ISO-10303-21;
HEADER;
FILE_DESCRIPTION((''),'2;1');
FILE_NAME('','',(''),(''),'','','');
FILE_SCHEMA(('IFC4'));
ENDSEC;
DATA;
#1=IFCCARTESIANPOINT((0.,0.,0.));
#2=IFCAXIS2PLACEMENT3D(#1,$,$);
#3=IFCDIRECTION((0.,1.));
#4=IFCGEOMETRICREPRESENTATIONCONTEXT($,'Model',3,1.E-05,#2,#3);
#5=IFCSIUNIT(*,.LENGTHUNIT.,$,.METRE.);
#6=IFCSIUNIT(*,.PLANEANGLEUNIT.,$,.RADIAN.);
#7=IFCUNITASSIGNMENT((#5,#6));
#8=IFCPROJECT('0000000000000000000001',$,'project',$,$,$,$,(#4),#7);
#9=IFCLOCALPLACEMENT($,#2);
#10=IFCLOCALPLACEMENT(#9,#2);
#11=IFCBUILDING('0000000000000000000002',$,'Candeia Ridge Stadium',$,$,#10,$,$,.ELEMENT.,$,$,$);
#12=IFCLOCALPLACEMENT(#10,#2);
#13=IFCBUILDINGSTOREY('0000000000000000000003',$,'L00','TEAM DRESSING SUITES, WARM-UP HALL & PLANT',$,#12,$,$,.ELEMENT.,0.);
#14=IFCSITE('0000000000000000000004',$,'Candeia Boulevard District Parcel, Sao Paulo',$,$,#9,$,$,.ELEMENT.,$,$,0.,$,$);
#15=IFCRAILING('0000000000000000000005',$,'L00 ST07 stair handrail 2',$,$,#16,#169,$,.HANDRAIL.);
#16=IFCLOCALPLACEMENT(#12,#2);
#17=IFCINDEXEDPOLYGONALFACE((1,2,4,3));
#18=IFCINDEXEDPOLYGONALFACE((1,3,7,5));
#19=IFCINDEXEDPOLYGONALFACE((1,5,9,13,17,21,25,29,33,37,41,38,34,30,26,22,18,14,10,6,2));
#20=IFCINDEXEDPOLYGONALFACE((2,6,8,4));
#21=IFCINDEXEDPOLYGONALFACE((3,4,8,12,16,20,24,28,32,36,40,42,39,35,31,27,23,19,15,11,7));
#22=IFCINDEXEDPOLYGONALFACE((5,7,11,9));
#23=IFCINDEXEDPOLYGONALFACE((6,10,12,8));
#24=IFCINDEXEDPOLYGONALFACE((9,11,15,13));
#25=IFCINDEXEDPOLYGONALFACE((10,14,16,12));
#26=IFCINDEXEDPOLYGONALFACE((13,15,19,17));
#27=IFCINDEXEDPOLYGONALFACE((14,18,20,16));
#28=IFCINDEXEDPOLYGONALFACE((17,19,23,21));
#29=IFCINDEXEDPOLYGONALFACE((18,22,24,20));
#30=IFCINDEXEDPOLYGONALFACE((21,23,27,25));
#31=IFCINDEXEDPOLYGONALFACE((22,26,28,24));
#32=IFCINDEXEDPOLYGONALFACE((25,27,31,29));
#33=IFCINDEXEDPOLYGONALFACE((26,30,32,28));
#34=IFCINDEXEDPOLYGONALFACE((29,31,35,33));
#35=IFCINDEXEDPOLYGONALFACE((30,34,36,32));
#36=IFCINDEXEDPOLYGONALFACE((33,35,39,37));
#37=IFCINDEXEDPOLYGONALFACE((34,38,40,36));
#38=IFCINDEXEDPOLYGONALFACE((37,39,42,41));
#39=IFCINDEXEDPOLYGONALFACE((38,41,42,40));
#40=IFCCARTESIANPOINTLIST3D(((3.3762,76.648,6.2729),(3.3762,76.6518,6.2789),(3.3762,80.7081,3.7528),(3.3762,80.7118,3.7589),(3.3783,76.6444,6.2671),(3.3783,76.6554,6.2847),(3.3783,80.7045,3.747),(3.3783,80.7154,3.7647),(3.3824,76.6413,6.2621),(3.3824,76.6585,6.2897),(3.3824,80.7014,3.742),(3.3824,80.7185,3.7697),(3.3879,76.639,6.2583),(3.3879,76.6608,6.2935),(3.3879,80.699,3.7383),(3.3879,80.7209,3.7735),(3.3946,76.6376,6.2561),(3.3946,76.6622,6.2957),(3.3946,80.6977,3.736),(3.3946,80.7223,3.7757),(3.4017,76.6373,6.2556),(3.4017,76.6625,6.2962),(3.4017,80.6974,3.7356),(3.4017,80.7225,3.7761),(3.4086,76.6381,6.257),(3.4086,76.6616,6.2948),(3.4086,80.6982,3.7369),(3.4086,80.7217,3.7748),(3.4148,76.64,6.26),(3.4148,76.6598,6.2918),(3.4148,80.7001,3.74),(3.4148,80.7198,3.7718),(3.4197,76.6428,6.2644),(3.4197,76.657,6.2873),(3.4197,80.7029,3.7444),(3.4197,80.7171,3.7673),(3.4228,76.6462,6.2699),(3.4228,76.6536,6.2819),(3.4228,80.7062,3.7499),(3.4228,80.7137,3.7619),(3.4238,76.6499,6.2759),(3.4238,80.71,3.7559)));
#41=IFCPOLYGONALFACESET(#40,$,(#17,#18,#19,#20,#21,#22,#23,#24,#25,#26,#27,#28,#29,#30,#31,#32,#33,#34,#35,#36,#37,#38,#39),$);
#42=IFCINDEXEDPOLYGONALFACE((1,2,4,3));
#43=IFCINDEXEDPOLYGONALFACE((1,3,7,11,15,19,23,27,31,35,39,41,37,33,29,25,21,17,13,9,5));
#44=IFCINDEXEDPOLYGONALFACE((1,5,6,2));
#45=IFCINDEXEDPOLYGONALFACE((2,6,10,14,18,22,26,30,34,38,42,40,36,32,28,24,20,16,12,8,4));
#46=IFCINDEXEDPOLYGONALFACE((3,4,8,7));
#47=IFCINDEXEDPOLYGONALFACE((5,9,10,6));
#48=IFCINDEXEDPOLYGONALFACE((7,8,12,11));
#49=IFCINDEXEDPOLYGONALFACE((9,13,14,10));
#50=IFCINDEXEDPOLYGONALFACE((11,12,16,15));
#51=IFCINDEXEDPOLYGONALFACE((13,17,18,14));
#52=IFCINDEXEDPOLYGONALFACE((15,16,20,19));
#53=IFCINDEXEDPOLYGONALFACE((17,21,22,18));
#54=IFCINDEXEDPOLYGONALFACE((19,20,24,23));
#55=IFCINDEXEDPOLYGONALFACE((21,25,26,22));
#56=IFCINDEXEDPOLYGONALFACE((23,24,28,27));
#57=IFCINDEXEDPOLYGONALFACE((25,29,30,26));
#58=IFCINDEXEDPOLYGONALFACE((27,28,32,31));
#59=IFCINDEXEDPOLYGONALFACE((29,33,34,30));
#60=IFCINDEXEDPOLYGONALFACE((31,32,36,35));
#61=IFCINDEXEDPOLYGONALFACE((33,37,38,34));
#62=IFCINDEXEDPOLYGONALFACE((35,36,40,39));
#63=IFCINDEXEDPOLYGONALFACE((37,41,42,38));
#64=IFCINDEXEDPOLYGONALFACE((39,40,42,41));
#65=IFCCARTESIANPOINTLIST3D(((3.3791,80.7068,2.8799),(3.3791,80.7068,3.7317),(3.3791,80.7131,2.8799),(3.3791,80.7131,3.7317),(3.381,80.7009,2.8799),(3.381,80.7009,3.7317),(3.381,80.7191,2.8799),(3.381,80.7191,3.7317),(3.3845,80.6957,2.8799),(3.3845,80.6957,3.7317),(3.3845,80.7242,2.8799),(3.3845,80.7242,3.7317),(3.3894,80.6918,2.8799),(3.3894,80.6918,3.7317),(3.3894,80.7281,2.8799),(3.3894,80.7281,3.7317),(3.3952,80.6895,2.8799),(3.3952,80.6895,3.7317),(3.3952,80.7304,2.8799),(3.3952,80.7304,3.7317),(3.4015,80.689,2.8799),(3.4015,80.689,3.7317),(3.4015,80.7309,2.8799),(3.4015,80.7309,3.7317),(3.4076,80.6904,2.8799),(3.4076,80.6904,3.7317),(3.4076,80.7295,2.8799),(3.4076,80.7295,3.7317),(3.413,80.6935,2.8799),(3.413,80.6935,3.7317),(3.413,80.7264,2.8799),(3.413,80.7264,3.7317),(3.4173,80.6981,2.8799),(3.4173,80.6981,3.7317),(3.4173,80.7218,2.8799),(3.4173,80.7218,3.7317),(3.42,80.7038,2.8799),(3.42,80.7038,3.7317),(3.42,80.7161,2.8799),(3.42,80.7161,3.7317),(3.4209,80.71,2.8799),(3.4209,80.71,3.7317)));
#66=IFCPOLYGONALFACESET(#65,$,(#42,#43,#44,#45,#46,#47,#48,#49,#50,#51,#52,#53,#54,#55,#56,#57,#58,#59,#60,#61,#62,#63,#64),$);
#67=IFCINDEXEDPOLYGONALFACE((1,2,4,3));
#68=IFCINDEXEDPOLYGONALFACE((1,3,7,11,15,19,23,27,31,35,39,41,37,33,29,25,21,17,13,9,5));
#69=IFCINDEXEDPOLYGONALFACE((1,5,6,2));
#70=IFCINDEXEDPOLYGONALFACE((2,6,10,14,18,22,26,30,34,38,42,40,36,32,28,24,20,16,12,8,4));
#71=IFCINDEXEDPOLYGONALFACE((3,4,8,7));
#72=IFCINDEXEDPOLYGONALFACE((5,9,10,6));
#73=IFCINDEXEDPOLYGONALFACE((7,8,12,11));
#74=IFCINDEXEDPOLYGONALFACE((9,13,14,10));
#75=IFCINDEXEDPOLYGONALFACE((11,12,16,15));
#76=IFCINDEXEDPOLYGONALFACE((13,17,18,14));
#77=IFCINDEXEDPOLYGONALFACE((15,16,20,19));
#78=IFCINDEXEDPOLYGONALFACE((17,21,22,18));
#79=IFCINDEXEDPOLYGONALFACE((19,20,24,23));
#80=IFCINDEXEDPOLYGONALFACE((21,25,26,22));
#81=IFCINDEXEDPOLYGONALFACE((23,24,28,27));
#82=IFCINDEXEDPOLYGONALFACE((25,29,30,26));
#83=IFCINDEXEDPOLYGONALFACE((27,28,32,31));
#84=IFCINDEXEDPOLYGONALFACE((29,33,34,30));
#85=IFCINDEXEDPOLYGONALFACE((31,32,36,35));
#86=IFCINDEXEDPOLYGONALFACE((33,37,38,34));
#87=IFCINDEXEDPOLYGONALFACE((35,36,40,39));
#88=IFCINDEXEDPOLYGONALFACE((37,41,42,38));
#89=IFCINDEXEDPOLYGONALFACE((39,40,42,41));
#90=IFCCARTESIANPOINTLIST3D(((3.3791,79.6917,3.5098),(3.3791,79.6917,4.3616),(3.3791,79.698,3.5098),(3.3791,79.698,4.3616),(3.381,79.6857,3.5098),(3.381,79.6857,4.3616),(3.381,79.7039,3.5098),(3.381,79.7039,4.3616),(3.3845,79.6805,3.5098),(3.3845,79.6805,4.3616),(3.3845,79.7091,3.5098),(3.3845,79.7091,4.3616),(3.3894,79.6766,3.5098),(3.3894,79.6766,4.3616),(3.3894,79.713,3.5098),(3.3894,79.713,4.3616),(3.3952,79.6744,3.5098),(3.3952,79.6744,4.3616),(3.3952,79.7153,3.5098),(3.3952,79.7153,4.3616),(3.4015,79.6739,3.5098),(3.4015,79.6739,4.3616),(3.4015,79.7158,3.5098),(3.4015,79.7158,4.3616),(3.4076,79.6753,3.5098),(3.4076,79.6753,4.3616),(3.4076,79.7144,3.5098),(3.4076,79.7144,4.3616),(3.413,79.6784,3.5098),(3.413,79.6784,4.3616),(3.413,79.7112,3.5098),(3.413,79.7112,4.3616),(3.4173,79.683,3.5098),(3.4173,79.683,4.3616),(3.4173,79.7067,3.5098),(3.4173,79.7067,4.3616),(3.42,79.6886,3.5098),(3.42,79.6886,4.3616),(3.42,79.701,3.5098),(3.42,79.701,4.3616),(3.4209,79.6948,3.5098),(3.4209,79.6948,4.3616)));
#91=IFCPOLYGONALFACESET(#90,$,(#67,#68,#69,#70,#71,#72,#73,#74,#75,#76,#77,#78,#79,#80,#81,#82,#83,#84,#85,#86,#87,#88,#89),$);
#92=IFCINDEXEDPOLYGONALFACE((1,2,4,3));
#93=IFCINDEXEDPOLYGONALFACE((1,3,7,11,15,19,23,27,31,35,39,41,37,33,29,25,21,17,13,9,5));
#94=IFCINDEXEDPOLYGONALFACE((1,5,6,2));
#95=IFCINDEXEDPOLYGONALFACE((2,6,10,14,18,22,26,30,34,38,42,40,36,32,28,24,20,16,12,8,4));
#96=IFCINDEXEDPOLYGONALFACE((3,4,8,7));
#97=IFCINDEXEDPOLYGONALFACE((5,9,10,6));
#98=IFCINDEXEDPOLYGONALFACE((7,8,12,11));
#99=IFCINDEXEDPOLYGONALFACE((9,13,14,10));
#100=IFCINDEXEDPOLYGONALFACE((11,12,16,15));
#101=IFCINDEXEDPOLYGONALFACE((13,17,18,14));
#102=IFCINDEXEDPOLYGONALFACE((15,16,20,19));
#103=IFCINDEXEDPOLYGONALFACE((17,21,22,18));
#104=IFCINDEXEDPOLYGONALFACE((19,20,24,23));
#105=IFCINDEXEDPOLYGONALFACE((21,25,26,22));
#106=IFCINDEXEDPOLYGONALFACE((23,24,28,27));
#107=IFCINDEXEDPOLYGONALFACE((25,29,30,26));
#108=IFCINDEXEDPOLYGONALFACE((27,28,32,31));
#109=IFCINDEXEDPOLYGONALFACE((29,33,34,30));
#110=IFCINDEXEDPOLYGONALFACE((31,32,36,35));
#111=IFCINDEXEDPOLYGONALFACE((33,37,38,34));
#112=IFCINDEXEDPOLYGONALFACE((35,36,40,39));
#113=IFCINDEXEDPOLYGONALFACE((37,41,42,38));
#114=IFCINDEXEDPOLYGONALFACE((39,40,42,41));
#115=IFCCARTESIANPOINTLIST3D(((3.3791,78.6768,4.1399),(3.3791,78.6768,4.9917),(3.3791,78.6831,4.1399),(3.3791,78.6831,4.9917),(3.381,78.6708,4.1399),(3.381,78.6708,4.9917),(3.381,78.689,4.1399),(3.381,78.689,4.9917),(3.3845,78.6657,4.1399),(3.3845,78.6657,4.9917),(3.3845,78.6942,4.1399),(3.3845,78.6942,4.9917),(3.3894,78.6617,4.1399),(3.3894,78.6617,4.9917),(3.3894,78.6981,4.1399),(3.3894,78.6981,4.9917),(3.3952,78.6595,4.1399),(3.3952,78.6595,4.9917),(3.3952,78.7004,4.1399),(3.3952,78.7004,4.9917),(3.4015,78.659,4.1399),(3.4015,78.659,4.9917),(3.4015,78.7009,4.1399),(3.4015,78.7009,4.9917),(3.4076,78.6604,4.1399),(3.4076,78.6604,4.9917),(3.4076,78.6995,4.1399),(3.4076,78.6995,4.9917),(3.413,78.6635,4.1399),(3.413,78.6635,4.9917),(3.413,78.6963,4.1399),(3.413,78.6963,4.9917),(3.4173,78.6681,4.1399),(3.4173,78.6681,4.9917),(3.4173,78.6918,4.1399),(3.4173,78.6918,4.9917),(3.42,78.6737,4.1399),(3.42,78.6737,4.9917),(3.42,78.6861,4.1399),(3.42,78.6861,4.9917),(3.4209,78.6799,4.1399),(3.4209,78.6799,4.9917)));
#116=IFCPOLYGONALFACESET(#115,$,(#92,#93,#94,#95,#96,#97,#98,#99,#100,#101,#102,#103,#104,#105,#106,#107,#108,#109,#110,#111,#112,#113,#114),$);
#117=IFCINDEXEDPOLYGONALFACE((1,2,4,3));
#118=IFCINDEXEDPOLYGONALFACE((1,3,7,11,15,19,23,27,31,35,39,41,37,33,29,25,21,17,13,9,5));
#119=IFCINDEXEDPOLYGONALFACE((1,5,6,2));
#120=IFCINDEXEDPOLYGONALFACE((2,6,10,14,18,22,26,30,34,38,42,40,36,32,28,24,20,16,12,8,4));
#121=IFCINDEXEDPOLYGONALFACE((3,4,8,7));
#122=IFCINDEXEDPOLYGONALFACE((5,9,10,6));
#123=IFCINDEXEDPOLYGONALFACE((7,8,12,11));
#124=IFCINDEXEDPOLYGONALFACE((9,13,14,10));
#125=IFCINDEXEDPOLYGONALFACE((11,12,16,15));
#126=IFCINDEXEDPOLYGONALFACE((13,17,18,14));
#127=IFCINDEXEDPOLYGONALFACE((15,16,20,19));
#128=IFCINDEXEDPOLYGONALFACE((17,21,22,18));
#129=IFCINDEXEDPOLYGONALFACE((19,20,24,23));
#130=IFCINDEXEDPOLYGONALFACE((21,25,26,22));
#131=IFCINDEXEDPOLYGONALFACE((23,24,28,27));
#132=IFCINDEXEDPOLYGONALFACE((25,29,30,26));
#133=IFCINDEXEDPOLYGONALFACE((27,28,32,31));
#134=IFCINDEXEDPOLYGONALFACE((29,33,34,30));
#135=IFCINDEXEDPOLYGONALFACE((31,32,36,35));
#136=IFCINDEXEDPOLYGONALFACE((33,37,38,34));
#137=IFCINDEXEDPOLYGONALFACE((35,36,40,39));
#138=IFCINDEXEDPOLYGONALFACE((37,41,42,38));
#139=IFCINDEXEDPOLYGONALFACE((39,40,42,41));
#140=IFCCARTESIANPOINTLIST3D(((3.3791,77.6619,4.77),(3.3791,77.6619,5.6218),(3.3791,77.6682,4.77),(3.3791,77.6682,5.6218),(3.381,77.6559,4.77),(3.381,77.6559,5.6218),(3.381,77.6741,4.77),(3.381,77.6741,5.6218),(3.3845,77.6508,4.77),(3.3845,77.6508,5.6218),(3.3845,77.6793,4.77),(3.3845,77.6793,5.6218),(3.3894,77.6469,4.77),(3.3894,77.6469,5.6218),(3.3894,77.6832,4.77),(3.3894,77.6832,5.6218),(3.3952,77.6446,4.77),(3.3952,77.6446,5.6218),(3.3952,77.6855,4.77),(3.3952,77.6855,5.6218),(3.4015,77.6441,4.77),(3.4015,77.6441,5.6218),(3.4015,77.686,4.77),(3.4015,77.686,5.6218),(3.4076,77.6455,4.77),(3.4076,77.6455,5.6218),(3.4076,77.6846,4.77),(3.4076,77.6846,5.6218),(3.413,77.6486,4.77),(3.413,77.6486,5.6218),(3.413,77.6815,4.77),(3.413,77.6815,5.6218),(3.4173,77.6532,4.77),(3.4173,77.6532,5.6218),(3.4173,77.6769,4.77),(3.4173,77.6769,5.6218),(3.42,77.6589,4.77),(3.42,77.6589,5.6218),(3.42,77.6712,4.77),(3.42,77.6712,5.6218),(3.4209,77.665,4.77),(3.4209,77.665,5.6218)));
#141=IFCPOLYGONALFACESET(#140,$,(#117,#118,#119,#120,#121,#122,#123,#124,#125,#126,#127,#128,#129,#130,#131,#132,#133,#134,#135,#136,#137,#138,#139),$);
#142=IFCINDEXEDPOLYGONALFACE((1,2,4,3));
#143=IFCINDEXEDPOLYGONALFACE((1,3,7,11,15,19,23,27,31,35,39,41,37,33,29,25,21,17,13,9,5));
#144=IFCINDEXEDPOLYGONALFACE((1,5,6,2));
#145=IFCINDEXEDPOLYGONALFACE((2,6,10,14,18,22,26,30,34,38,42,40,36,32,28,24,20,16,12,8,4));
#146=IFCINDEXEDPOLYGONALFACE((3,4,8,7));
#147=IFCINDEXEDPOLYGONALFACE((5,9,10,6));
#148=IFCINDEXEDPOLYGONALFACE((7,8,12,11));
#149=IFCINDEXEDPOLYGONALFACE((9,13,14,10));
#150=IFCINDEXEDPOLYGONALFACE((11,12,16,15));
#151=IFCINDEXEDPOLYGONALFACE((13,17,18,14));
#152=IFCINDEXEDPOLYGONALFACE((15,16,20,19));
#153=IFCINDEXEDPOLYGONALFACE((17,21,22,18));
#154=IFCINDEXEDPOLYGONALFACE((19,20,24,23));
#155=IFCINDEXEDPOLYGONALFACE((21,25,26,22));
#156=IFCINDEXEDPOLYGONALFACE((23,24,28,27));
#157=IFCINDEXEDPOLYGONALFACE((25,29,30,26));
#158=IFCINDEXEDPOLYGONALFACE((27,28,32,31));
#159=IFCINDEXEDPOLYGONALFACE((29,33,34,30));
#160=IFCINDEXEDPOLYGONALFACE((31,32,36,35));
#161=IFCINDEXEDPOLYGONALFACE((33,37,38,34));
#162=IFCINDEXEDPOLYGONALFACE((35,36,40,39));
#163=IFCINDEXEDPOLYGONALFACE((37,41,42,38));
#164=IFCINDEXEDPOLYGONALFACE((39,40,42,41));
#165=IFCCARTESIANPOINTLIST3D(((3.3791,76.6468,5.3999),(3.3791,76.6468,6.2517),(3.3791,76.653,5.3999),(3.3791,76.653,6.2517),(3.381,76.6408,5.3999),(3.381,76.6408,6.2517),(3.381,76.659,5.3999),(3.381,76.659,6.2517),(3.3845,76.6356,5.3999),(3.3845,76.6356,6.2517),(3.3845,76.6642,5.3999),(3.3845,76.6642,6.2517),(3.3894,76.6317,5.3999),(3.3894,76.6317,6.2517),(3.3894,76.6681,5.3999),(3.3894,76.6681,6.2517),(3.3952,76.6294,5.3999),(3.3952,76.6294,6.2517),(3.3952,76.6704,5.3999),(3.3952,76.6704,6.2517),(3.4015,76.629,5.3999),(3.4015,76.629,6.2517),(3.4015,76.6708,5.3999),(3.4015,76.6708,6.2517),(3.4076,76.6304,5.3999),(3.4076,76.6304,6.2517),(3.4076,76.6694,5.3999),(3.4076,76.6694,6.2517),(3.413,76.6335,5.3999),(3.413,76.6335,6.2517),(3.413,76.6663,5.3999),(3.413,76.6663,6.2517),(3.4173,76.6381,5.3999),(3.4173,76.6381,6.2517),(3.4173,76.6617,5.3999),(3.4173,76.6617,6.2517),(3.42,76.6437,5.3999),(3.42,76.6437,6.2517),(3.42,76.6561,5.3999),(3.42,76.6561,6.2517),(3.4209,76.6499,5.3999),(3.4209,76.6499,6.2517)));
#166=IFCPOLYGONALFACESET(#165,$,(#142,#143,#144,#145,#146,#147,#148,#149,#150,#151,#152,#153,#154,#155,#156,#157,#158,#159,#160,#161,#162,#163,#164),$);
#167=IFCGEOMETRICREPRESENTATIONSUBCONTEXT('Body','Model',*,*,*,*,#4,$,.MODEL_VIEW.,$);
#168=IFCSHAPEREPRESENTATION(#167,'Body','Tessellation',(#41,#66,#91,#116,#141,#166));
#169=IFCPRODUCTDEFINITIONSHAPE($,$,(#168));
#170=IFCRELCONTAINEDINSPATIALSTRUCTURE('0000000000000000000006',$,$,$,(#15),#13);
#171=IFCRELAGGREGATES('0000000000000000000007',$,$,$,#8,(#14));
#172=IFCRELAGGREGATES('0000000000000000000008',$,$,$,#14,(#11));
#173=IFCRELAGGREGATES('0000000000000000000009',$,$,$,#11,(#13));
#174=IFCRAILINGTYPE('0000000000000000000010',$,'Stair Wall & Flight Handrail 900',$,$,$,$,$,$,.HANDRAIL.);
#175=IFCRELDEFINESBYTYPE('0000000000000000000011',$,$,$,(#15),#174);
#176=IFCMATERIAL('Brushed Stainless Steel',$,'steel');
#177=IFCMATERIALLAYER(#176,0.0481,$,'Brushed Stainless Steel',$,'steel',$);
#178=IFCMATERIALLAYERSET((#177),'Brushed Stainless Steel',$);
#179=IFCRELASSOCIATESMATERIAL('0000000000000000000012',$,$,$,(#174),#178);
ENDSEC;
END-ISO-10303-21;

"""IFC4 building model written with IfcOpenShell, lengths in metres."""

from ifc_helpers import new_model, si_unit, direction, frame, origin, origin_2d, place, context, subcontext, project, spatial, circle, extrude, material, layer, layer_set, type_object, element, save


model = new_model("IFC4")

# Units and contexts
model_context = context("Model", 3, precision=1e-05, world=origin(), true_north=direction((0.0, 1.0)))
body_context = subcontext(model_context, "Body", "Model", "MODEL_VIEW")
ifc_project = project(units=[si_unit("LENGTHUNIT", "METRE"), si_unit("PLANEANGLEUNIT", "RADIAN")], contexts=[model_context])

# Site, building, storey
site_placement = place(None, origin())
site = spatial("IfcSite", under=ifc_project, at=site_placement, Name="Candeia Boulevard District Parcel, Sao Paulo", CompositionType="ELEMENT", RefElevation=0.0)
building_placement = place(site_placement, origin())
building = spatial("IfcBuilding", under=site, at=building_placement, Name="Candeia Ridge Stadium", CompositionType="ELEMENT")
storey_placement = place(building_placement, origin())
storey = spatial("IfcBuildingStorey", under=building, at=storey_placement, Name="L00", Description="TEAM DRESSING SUITES, WARM-UP HALL & PLANT", CompositionType="ELEMENT", Elevation=0.0)

# Railing
ifc_material_1 = material(Name="Brushed Stainless Steel", Category="steel")
ifc_layer_1 = layer(ifc_material_1, 0.0481, Name="Brushed Stainless Steel", Category="steel")
ifc_layer_set_1 = layer_set([ifc_layer_1], Name="Brushed Stainless Steel")
railing_type_1 = type_object("IfcRailingType", Name="Stair Wall & Flight Handrail 900", PredefinedType="HANDRAIL", material=ifc_layer_set_1)
railing_placement = place(storey_placement, frame((3.3999, 80.71, 2.8799)))
element("IfcRailing", 1, at=railing_placement, inside=storey, type_object=railing_type_1, Name="L00 ST07 stair handrail 2", PredefinedType="HANDRAIL", context=body_context, shape_type="SweptSolid", body=[
    extrude(circle(Radius=0.0239, at=origin_2d()), frame((0.0, 0.0, 0.876), z_axis=(0.0, -0.849642, 0.52736), x_axis=(1.0, 0.0, 0.0)), (0.0, 0.0, 1.0), 4.7786),
    extrude(circle(Radius=0.021, at=origin_2d()), origin(), (0.0, 0.0, 1.0), 0.8518),
    extrude(circle(Radius=0.021, at=origin_2d()), frame((0.0, -1.0151, 0.6299)), (0.0, 0.0, 1.0), 0.8518),
    extrude(circle(Radius=0.021, at=origin_2d()), frame((0.0, -2.03, 1.26)), (0.0, 0.0, 1.0), 0.8518),
    extrude(circle(Radius=0.021, at=origin_2d()), frame((0.0, -3.0449, 1.8901)), (0.0, 0.0, 1.0), 0.8518),
    extrude(circle(Radius=0.021, at=origin_2d()), frame((0.0, -4.0601, 2.52)), (0.0, 0.0, 1.0), 0.8518),
])

save(model, "model.ifc")
